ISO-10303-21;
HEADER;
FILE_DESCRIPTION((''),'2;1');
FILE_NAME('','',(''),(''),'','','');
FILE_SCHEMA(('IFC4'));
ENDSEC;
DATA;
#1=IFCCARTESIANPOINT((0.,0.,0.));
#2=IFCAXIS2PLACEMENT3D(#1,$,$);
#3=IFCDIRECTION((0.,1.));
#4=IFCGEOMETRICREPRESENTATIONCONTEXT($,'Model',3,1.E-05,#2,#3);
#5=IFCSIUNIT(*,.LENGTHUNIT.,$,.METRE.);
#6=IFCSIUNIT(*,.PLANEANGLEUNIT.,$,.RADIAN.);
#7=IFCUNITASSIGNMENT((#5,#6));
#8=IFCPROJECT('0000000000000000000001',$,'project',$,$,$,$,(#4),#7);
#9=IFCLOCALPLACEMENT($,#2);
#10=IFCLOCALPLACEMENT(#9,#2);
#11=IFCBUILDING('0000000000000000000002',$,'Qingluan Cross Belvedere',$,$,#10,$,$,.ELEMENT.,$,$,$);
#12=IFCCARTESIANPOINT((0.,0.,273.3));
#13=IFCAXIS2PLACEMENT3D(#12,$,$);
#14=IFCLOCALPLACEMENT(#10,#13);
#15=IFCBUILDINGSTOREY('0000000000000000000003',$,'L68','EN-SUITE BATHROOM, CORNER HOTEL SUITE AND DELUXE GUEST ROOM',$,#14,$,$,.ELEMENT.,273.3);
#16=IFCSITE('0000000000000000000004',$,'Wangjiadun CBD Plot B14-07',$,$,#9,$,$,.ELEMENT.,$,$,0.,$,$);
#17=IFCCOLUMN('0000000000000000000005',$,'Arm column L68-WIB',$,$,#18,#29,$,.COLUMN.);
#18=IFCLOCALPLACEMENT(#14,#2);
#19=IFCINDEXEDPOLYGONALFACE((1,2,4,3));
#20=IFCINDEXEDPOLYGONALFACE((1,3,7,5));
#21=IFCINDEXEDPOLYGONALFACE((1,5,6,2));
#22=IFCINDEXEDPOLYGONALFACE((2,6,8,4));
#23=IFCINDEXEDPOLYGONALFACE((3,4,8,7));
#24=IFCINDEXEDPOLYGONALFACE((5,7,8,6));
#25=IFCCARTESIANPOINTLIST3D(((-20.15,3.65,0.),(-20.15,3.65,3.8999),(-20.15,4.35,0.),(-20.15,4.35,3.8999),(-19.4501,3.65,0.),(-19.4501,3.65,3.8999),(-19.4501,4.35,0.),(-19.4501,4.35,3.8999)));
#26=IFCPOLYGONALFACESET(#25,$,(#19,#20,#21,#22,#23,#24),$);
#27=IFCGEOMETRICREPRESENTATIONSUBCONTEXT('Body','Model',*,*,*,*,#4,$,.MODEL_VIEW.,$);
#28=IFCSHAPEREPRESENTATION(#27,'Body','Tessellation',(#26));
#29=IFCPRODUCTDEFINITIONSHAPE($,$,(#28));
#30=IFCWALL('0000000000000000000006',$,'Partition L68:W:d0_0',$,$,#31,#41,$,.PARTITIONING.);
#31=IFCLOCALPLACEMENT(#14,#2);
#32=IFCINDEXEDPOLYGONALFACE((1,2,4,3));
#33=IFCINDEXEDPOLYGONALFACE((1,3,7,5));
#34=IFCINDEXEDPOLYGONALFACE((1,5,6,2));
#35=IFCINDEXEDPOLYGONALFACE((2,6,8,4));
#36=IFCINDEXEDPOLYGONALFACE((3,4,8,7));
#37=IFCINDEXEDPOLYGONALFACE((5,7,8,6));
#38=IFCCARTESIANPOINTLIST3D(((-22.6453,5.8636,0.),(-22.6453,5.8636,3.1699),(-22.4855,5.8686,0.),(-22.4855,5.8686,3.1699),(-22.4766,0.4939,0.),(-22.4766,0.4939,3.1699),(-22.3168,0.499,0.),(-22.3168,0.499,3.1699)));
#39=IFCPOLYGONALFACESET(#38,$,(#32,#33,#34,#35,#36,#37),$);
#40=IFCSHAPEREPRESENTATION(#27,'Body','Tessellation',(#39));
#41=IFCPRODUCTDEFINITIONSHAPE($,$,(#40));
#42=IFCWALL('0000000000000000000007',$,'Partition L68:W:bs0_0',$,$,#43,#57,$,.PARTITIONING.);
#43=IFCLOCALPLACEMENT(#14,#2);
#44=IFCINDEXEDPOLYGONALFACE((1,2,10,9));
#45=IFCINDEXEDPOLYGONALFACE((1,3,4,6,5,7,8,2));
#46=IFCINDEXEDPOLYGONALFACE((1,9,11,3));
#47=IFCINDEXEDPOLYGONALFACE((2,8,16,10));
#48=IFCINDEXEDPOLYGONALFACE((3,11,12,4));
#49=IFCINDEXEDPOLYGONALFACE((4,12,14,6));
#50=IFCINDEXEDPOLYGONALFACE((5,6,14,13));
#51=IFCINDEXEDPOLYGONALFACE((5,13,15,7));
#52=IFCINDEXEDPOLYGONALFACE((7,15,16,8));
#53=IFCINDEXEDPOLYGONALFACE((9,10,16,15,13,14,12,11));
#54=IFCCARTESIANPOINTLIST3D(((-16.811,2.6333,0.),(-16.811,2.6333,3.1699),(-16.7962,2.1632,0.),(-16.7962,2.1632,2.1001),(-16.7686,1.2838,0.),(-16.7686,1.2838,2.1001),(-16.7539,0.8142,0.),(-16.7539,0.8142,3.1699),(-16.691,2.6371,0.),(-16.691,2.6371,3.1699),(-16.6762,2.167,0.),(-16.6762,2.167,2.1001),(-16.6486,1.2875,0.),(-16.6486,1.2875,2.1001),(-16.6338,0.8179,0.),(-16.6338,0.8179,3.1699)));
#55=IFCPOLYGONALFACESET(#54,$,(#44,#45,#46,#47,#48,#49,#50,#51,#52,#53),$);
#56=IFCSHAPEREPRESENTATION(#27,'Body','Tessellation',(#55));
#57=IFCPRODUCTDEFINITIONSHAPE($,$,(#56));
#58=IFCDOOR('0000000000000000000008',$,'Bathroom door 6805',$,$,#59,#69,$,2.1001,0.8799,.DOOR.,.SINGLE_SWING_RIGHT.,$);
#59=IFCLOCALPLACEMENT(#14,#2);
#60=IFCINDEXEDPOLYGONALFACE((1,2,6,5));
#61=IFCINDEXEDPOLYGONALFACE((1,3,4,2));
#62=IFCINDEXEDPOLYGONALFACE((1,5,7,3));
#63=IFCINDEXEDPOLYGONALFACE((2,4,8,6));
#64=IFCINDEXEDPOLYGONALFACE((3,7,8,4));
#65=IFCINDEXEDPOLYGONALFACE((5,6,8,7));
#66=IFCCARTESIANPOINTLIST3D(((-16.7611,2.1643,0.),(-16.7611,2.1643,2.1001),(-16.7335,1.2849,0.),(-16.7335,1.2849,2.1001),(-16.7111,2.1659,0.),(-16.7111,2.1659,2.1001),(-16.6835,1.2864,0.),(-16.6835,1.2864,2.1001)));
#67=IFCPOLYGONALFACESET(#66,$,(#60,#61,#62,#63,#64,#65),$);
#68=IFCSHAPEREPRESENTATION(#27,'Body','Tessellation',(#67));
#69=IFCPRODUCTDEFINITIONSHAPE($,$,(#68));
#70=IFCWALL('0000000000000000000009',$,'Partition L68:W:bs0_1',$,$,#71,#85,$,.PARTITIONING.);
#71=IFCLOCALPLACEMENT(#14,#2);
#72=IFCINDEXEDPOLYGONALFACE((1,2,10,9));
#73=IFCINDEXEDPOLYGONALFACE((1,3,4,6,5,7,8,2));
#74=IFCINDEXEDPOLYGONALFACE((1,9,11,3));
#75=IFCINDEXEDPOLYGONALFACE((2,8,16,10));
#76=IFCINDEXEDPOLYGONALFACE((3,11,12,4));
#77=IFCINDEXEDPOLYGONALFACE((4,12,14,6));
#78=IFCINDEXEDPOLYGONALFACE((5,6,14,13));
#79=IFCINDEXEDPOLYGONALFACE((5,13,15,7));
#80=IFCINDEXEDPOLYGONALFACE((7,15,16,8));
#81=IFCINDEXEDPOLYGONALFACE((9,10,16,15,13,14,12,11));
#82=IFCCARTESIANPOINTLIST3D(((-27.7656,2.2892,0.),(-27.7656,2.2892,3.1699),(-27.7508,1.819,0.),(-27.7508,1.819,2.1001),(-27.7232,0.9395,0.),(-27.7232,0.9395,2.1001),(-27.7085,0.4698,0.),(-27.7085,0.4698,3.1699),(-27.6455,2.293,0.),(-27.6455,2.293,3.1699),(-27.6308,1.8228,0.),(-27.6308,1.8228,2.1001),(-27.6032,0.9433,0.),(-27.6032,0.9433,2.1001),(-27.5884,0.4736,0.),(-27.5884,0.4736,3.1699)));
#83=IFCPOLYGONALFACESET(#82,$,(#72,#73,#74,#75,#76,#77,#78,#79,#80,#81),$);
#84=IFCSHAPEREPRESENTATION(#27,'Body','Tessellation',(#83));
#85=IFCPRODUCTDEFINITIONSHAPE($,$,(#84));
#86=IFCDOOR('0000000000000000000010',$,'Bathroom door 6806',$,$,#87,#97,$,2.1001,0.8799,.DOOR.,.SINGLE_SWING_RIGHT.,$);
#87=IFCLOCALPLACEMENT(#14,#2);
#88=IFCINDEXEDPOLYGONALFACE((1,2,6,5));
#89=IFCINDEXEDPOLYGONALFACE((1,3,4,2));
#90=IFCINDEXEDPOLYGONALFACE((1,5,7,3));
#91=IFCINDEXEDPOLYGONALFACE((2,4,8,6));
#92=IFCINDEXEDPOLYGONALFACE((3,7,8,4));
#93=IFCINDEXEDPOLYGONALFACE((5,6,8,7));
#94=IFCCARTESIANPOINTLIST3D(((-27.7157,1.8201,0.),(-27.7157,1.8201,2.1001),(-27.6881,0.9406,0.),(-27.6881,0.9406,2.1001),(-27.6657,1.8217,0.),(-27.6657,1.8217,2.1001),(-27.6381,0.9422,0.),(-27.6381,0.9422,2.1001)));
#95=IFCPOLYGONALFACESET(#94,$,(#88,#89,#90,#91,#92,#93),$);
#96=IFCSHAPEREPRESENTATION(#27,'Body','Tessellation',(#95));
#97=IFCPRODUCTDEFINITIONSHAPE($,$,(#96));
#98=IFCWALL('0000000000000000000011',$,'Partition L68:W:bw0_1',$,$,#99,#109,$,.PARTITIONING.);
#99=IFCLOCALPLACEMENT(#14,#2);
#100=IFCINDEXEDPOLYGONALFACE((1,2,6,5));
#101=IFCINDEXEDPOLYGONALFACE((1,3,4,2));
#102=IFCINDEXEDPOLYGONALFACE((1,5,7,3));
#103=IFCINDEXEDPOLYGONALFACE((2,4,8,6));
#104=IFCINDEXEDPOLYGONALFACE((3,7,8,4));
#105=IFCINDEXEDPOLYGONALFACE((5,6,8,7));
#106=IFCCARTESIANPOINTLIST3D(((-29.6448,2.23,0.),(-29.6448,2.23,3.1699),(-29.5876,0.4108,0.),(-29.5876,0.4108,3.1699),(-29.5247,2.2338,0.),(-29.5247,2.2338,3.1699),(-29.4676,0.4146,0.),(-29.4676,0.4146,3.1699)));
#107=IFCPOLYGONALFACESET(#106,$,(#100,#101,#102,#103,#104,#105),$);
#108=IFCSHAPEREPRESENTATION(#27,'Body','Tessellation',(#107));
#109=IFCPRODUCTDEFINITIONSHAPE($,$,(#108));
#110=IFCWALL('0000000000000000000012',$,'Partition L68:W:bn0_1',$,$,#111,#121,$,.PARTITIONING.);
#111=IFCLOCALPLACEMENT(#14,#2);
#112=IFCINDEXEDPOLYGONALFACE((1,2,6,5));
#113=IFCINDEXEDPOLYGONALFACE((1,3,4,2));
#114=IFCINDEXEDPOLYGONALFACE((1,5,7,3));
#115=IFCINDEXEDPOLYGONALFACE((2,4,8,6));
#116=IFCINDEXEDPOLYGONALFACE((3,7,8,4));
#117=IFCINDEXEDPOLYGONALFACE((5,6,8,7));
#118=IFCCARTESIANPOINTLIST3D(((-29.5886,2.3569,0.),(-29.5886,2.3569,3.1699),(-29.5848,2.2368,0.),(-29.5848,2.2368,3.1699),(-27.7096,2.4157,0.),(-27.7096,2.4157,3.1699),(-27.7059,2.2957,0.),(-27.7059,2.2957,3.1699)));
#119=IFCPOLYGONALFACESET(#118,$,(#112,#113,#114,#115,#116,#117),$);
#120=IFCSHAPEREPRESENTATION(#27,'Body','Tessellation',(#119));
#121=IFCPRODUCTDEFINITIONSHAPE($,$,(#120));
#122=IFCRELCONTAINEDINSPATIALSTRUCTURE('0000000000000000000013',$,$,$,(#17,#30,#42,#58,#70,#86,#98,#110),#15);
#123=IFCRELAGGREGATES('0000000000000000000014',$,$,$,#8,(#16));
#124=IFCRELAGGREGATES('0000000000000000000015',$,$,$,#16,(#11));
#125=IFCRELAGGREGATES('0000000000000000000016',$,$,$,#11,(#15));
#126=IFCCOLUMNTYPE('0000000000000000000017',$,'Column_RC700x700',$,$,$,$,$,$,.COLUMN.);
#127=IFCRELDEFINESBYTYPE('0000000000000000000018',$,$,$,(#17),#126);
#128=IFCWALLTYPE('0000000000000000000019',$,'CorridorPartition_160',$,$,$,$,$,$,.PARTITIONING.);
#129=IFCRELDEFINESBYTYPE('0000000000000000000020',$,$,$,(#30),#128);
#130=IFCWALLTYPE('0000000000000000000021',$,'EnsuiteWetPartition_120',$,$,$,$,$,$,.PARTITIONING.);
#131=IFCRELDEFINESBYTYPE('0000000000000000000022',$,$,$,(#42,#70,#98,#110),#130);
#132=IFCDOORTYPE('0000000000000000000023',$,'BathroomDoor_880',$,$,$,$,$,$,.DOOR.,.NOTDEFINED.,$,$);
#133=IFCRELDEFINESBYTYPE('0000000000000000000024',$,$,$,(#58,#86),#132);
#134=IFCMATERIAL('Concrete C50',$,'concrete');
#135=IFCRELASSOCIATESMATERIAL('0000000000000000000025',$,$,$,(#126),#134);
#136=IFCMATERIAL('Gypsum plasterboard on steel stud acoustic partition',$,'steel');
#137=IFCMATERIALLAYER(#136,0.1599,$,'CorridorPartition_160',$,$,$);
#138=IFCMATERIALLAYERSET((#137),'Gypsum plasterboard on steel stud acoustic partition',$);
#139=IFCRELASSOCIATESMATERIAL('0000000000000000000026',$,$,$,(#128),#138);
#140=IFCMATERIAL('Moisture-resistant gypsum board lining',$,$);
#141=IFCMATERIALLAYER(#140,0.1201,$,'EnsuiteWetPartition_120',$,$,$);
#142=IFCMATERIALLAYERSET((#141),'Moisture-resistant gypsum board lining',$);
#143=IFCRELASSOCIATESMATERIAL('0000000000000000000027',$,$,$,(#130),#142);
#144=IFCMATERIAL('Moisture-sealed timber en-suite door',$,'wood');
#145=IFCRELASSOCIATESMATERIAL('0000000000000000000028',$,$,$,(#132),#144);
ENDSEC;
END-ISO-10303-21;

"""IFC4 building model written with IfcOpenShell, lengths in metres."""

from ifc_helpers import new_model, si_unit, direction, frame, frame_2d, origin, origin_2d, place, context, subcontext, project, spatial, rectangle, extrude, material, layer, layer_set, material_profile, profile_set, type_object, element, fill, save


model = new_model("IFC4")

# Units and contexts
model_context = context("Model", 3, precision=1e-05, world=origin(), true_north=direction((0.0, 1.0)))
body_context = subcontext(model_context, "Body", "Model", "MODEL_VIEW")
ifc_project = project(units=[si_unit("LENGTHUNIT", "METRE"), si_unit("PLANEANGLEUNIT", "RADIAN")], contexts=[model_context])

# Site, building, storey
site_placement = place(None, origin())
site = spatial("IfcSite", under=ifc_project, at=site_placement, Name="Wangjiadun CBD Plot B14-07", CompositionType="ELEMENT", RefElevation=0.0)
building_placement = place(site_placement, origin())
building = spatial("IfcBuilding", under=site, at=building_placement, Name="Qingluan Cross Belvedere", CompositionType="ELEMENT")
storey_placement = place(building_placement, frame((0.0, 0.0, 273.3)))
storey = spatial("IfcBuildingStorey", under=building, at=storey_placement, Name="L68", Description="EN-SUITE BATHROOM, CORNER HOTEL SUITE AND DELUXE GUEST ROOM", CompositionType="ELEMENT", Elevation=273.3)

# Column
ifc_material_1 = material(Name="Concrete C50", Category="concrete")
ifc_material_profile = material_profile(ifc_material_1, rectangle(XDim=0.7, YDim=0.7, at=origin_2d()), Name="RC700x700")
ifc_profile_set = profile_set([ifc_material_profile], Name="Concrete C50")
column_type = type_object("IfcColumnType", Name="Column_RC700x700", PredefinedType="COLUMN", material=ifc_profile_set)
column_placement = place(storey_placement, frame((-19.8, 4.0, 0.0), z_axis=(0.0, 0.0, 1.0), x_axis=(1.0, 0.0, 0.0)))
element("IfcColumn", 1, at=column_placement, inside=storey, type_object=column_type, Name="Arm column L68-WIB", PredefinedType="COLUMN", context=body_context, shape_type="SweptSolid", body=[
    extrude(rectangle(XDim=0.7, YDim=0.7, at=origin_2d()), origin(), (0.0, 0.0, 1.0), 3.8999),
])

# Wall
ifc_material_2 = material(Name="Gypsum plasterboard on steel stud acoustic partition", Category="steel")
ifc_layer_1 = layer(ifc_material_2, 0.1599, Name="CorridorPartition_160")
ifc_layer_set_1 = layer_set([ifc_layer_1], Name="Gypsum plasterboard on steel stud acoustic partition")
wall_type_1 = type_object("IfcWallType", Name="CorridorPartition_160", PredefinedType="PARTITIONING", material=ifc_layer_set_1)
wall_1_placement = place(storey_placement, frame((-22.3967, 0.4966, 0.0), z_axis=(0.0, 0.0, 1.0), x_axis=(-0.031402, 0.999507, 0.0)))
element("IfcWall", 2, at=wall_1_placement, inside=storey, type_object=wall_type_1, Name="Partition L68:W:d0_0", PredefinedType="PARTITIONING", context=body_context, shape_type="SweptSolid", body=[
    extrude(rectangle(XDim=5.3723, YDim=0.1599, at=frame_2d((2.686, 0.0))), origin(), (0.0, 0.0, 1.0), 3.1699),
])

# Walls, openings, doors
ifc_material_3 = material(Name="Moisture-resistant gypsum board lining")
ifc_layer_2 = layer(ifc_material_3, 0.1201, Name="EnsuiteWetPartition_120")
ifc_layer_set_2 = layer_set([ifc_layer_2], Name="Moisture-resistant gypsum board lining")
wall_type_2 = type_object("IfcWallType", Name="EnsuiteWetPartition_120", PredefinedType="PARTITIONING", material=ifc_layer_set_2)
wall_2_placement = place(storey_placement, frame((-16.6938, 0.8159, 0.0), z_axis=(0.0, 0.0, 1.0), x_axis=(-0.03139, 0.999507, 0.0)))
wall_2 = element("IfcWall", 3, at=wall_2_placement, inside=storey, type_object=wall_type_2, Name="Partition L68:W:bs0_0", PredefinedType="PARTITIONING", context=body_context, shape_type="SweptSolid", body=[
    extrude(rectangle(XDim=1.8201, YDim=0.1201, at=frame_2d((0.9102, 0.0))), origin(), (0.0, 0.0, 1.0), 3.1699),
])
opening_1_placement = place(wall_2_placement, frame((0.47, 0.0, 0.0)))
opening_1 = element("IfcOpeningElement", 4, at=opening_1_placement, cuts=wall_2, PredefinedType="OPENING", context=body_context, shape_type="SweptSolid", body=[
    extrude(rectangle(XDim=0.8799, YDim=2.1001, at=frame_2d((0.4399, 1.05))), frame((0.0, 0.0701, 0.0), z_axis=(0.0, -1.0, 0.0), x_axis=(1.0, 0.0, 0.0)), (0.0, 0.0, 1.0), 0.1401),
])
ifc_material_4 = material(Name="Moisture-sealed timber en-suite door", Category="wood")
door_type = type_object("IfcDoorType", Name="BathroomDoor_880", OperationType="NOTDEFINED", PredefinedType="DOOR", material=ifc_material_4)
door_1_placement = place(opening_1_placement, origin())
door_1 = element("IfcDoor", 5, at=door_1_placement, inside=storey, type_object=door_type, Name="Bathroom door 6805", OperationType="SINGLE_SWING_RIGHT", OverallHeight=2.1001, OverallWidth=0.8799, PredefinedType="DOOR", context=body_context, shape_type="SweptSolid", body=[
    extrude(rectangle(XDim=0.8799, YDim=2.1001, at=frame_2d((0.4399, 1.05))), frame((0.0, 0.0249, 0.0), z_axis=(0.0, -1.0, 0.0), x_axis=(1.0, 0.0, 0.0)), (0.0, 0.0, 1.0), 0.05),
])
fill(opening_1, door_1)
wall_3_placement = place(storey_placement, frame((-27.6484, 0.4717, 0.0), z_axis=(0.0, 0.0, 1.0), x_axis=(-0.031385, 0.999507, 0.0)))
wall_3 = element("IfcWall", 6, at=wall_3_placement, inside=storey, type_object=wall_type_2, Name="Partition L68:W:bs0_1", PredefinedType="PARTITIONING", context=body_context, shape_type="SweptSolid", body=[
    extrude(rectangle(XDim=1.8203, YDim=0.1201, at=frame_2d((0.9102, 0.0))), origin(), (0.0, 0.0, 1.0), 3.1699),
])
opening_2_placement = place(wall_3_placement, frame((0.47, 0.0, 0.0)))
opening_2 = element("IfcOpeningElement", 7, at=opening_2_placement, cuts=wall_3, PredefinedType="OPENING", context=body_context, shape_type="SweptSolid", body=[
    extrude(rectangle(XDim=0.8799, YDim=2.1001, at=frame_2d((0.4399, 1.05))), frame((0.0, 0.0701, 0.0), z_axis=(0.0, -1.0, 0.0), x_axis=(1.0, 0.0, 0.0)), (0.0, 0.0, 1.0), 0.1401),
])
door_2_placement = place(opening_2_placement, origin())
door_2 = element("IfcDoor", 8, at=door_2_placement, inside=storey, type_object=door_type, Name="Bathroom door 6806", OperationType="SINGLE_SWING_RIGHT", OverallHeight=2.1001, OverallWidth=0.8799, PredefinedType="DOOR", context=body_context, shape_type="SweptSolid", body=[
    extrude(rectangle(XDim=0.8799, YDim=2.1001, at=frame_2d((0.4399, 1.05))), frame((0.0, 0.0249, 0.0), z_axis=(0.0, -1.0, 0.0), x_axis=(1.0, 0.0, 0.0)), (0.0, 0.0, 1.0), 0.05),
])
fill(opening_2, door_2)

# Walls
wall_4_placement = place(storey_placement, frame((-29.5276, 0.4126, 0.0), z_axis=(0.0, 0.0, 1.0), x_axis=(-0.03139, 0.999507, 0.0)))
element("IfcWall", 9, at=wall_4_placement, inside=storey, type_object=wall_type_2, Name="Partition L68:W:bw0_1", PredefinedType="PARTITIONING", context=body_context, shape_type="SweptSolid", body=[
    extrude(rectangle(XDim=1.8201, YDim=0.1201, at=frame_2d((0.9102, 0.0))), origin(), (0.0, 0.0, 1.0), 3.1699),
])
wall_5_placement = place(storey_placement, frame((-27.7078, 2.3557, 0.0), z_axis=(0.0, 0.0, 1.0), x_axis=(-0.99951, -0.0313, 0.0)))
element("IfcWall", 10, at=wall_5_placement, inside=storey, type_object=wall_type_2, Name="Partition L68:W:bn0_1", PredefinedType="PARTITIONING", context=body_context, shape_type="SweptSolid", body=[
    extrude(rectangle(XDim=1.8799, YDim=0.1201, at=frame_2d((0.9399, 0.0))), origin(), (0.0, 0.0, 1.0), 3.1699),
])

save(model, "model.ifc")
